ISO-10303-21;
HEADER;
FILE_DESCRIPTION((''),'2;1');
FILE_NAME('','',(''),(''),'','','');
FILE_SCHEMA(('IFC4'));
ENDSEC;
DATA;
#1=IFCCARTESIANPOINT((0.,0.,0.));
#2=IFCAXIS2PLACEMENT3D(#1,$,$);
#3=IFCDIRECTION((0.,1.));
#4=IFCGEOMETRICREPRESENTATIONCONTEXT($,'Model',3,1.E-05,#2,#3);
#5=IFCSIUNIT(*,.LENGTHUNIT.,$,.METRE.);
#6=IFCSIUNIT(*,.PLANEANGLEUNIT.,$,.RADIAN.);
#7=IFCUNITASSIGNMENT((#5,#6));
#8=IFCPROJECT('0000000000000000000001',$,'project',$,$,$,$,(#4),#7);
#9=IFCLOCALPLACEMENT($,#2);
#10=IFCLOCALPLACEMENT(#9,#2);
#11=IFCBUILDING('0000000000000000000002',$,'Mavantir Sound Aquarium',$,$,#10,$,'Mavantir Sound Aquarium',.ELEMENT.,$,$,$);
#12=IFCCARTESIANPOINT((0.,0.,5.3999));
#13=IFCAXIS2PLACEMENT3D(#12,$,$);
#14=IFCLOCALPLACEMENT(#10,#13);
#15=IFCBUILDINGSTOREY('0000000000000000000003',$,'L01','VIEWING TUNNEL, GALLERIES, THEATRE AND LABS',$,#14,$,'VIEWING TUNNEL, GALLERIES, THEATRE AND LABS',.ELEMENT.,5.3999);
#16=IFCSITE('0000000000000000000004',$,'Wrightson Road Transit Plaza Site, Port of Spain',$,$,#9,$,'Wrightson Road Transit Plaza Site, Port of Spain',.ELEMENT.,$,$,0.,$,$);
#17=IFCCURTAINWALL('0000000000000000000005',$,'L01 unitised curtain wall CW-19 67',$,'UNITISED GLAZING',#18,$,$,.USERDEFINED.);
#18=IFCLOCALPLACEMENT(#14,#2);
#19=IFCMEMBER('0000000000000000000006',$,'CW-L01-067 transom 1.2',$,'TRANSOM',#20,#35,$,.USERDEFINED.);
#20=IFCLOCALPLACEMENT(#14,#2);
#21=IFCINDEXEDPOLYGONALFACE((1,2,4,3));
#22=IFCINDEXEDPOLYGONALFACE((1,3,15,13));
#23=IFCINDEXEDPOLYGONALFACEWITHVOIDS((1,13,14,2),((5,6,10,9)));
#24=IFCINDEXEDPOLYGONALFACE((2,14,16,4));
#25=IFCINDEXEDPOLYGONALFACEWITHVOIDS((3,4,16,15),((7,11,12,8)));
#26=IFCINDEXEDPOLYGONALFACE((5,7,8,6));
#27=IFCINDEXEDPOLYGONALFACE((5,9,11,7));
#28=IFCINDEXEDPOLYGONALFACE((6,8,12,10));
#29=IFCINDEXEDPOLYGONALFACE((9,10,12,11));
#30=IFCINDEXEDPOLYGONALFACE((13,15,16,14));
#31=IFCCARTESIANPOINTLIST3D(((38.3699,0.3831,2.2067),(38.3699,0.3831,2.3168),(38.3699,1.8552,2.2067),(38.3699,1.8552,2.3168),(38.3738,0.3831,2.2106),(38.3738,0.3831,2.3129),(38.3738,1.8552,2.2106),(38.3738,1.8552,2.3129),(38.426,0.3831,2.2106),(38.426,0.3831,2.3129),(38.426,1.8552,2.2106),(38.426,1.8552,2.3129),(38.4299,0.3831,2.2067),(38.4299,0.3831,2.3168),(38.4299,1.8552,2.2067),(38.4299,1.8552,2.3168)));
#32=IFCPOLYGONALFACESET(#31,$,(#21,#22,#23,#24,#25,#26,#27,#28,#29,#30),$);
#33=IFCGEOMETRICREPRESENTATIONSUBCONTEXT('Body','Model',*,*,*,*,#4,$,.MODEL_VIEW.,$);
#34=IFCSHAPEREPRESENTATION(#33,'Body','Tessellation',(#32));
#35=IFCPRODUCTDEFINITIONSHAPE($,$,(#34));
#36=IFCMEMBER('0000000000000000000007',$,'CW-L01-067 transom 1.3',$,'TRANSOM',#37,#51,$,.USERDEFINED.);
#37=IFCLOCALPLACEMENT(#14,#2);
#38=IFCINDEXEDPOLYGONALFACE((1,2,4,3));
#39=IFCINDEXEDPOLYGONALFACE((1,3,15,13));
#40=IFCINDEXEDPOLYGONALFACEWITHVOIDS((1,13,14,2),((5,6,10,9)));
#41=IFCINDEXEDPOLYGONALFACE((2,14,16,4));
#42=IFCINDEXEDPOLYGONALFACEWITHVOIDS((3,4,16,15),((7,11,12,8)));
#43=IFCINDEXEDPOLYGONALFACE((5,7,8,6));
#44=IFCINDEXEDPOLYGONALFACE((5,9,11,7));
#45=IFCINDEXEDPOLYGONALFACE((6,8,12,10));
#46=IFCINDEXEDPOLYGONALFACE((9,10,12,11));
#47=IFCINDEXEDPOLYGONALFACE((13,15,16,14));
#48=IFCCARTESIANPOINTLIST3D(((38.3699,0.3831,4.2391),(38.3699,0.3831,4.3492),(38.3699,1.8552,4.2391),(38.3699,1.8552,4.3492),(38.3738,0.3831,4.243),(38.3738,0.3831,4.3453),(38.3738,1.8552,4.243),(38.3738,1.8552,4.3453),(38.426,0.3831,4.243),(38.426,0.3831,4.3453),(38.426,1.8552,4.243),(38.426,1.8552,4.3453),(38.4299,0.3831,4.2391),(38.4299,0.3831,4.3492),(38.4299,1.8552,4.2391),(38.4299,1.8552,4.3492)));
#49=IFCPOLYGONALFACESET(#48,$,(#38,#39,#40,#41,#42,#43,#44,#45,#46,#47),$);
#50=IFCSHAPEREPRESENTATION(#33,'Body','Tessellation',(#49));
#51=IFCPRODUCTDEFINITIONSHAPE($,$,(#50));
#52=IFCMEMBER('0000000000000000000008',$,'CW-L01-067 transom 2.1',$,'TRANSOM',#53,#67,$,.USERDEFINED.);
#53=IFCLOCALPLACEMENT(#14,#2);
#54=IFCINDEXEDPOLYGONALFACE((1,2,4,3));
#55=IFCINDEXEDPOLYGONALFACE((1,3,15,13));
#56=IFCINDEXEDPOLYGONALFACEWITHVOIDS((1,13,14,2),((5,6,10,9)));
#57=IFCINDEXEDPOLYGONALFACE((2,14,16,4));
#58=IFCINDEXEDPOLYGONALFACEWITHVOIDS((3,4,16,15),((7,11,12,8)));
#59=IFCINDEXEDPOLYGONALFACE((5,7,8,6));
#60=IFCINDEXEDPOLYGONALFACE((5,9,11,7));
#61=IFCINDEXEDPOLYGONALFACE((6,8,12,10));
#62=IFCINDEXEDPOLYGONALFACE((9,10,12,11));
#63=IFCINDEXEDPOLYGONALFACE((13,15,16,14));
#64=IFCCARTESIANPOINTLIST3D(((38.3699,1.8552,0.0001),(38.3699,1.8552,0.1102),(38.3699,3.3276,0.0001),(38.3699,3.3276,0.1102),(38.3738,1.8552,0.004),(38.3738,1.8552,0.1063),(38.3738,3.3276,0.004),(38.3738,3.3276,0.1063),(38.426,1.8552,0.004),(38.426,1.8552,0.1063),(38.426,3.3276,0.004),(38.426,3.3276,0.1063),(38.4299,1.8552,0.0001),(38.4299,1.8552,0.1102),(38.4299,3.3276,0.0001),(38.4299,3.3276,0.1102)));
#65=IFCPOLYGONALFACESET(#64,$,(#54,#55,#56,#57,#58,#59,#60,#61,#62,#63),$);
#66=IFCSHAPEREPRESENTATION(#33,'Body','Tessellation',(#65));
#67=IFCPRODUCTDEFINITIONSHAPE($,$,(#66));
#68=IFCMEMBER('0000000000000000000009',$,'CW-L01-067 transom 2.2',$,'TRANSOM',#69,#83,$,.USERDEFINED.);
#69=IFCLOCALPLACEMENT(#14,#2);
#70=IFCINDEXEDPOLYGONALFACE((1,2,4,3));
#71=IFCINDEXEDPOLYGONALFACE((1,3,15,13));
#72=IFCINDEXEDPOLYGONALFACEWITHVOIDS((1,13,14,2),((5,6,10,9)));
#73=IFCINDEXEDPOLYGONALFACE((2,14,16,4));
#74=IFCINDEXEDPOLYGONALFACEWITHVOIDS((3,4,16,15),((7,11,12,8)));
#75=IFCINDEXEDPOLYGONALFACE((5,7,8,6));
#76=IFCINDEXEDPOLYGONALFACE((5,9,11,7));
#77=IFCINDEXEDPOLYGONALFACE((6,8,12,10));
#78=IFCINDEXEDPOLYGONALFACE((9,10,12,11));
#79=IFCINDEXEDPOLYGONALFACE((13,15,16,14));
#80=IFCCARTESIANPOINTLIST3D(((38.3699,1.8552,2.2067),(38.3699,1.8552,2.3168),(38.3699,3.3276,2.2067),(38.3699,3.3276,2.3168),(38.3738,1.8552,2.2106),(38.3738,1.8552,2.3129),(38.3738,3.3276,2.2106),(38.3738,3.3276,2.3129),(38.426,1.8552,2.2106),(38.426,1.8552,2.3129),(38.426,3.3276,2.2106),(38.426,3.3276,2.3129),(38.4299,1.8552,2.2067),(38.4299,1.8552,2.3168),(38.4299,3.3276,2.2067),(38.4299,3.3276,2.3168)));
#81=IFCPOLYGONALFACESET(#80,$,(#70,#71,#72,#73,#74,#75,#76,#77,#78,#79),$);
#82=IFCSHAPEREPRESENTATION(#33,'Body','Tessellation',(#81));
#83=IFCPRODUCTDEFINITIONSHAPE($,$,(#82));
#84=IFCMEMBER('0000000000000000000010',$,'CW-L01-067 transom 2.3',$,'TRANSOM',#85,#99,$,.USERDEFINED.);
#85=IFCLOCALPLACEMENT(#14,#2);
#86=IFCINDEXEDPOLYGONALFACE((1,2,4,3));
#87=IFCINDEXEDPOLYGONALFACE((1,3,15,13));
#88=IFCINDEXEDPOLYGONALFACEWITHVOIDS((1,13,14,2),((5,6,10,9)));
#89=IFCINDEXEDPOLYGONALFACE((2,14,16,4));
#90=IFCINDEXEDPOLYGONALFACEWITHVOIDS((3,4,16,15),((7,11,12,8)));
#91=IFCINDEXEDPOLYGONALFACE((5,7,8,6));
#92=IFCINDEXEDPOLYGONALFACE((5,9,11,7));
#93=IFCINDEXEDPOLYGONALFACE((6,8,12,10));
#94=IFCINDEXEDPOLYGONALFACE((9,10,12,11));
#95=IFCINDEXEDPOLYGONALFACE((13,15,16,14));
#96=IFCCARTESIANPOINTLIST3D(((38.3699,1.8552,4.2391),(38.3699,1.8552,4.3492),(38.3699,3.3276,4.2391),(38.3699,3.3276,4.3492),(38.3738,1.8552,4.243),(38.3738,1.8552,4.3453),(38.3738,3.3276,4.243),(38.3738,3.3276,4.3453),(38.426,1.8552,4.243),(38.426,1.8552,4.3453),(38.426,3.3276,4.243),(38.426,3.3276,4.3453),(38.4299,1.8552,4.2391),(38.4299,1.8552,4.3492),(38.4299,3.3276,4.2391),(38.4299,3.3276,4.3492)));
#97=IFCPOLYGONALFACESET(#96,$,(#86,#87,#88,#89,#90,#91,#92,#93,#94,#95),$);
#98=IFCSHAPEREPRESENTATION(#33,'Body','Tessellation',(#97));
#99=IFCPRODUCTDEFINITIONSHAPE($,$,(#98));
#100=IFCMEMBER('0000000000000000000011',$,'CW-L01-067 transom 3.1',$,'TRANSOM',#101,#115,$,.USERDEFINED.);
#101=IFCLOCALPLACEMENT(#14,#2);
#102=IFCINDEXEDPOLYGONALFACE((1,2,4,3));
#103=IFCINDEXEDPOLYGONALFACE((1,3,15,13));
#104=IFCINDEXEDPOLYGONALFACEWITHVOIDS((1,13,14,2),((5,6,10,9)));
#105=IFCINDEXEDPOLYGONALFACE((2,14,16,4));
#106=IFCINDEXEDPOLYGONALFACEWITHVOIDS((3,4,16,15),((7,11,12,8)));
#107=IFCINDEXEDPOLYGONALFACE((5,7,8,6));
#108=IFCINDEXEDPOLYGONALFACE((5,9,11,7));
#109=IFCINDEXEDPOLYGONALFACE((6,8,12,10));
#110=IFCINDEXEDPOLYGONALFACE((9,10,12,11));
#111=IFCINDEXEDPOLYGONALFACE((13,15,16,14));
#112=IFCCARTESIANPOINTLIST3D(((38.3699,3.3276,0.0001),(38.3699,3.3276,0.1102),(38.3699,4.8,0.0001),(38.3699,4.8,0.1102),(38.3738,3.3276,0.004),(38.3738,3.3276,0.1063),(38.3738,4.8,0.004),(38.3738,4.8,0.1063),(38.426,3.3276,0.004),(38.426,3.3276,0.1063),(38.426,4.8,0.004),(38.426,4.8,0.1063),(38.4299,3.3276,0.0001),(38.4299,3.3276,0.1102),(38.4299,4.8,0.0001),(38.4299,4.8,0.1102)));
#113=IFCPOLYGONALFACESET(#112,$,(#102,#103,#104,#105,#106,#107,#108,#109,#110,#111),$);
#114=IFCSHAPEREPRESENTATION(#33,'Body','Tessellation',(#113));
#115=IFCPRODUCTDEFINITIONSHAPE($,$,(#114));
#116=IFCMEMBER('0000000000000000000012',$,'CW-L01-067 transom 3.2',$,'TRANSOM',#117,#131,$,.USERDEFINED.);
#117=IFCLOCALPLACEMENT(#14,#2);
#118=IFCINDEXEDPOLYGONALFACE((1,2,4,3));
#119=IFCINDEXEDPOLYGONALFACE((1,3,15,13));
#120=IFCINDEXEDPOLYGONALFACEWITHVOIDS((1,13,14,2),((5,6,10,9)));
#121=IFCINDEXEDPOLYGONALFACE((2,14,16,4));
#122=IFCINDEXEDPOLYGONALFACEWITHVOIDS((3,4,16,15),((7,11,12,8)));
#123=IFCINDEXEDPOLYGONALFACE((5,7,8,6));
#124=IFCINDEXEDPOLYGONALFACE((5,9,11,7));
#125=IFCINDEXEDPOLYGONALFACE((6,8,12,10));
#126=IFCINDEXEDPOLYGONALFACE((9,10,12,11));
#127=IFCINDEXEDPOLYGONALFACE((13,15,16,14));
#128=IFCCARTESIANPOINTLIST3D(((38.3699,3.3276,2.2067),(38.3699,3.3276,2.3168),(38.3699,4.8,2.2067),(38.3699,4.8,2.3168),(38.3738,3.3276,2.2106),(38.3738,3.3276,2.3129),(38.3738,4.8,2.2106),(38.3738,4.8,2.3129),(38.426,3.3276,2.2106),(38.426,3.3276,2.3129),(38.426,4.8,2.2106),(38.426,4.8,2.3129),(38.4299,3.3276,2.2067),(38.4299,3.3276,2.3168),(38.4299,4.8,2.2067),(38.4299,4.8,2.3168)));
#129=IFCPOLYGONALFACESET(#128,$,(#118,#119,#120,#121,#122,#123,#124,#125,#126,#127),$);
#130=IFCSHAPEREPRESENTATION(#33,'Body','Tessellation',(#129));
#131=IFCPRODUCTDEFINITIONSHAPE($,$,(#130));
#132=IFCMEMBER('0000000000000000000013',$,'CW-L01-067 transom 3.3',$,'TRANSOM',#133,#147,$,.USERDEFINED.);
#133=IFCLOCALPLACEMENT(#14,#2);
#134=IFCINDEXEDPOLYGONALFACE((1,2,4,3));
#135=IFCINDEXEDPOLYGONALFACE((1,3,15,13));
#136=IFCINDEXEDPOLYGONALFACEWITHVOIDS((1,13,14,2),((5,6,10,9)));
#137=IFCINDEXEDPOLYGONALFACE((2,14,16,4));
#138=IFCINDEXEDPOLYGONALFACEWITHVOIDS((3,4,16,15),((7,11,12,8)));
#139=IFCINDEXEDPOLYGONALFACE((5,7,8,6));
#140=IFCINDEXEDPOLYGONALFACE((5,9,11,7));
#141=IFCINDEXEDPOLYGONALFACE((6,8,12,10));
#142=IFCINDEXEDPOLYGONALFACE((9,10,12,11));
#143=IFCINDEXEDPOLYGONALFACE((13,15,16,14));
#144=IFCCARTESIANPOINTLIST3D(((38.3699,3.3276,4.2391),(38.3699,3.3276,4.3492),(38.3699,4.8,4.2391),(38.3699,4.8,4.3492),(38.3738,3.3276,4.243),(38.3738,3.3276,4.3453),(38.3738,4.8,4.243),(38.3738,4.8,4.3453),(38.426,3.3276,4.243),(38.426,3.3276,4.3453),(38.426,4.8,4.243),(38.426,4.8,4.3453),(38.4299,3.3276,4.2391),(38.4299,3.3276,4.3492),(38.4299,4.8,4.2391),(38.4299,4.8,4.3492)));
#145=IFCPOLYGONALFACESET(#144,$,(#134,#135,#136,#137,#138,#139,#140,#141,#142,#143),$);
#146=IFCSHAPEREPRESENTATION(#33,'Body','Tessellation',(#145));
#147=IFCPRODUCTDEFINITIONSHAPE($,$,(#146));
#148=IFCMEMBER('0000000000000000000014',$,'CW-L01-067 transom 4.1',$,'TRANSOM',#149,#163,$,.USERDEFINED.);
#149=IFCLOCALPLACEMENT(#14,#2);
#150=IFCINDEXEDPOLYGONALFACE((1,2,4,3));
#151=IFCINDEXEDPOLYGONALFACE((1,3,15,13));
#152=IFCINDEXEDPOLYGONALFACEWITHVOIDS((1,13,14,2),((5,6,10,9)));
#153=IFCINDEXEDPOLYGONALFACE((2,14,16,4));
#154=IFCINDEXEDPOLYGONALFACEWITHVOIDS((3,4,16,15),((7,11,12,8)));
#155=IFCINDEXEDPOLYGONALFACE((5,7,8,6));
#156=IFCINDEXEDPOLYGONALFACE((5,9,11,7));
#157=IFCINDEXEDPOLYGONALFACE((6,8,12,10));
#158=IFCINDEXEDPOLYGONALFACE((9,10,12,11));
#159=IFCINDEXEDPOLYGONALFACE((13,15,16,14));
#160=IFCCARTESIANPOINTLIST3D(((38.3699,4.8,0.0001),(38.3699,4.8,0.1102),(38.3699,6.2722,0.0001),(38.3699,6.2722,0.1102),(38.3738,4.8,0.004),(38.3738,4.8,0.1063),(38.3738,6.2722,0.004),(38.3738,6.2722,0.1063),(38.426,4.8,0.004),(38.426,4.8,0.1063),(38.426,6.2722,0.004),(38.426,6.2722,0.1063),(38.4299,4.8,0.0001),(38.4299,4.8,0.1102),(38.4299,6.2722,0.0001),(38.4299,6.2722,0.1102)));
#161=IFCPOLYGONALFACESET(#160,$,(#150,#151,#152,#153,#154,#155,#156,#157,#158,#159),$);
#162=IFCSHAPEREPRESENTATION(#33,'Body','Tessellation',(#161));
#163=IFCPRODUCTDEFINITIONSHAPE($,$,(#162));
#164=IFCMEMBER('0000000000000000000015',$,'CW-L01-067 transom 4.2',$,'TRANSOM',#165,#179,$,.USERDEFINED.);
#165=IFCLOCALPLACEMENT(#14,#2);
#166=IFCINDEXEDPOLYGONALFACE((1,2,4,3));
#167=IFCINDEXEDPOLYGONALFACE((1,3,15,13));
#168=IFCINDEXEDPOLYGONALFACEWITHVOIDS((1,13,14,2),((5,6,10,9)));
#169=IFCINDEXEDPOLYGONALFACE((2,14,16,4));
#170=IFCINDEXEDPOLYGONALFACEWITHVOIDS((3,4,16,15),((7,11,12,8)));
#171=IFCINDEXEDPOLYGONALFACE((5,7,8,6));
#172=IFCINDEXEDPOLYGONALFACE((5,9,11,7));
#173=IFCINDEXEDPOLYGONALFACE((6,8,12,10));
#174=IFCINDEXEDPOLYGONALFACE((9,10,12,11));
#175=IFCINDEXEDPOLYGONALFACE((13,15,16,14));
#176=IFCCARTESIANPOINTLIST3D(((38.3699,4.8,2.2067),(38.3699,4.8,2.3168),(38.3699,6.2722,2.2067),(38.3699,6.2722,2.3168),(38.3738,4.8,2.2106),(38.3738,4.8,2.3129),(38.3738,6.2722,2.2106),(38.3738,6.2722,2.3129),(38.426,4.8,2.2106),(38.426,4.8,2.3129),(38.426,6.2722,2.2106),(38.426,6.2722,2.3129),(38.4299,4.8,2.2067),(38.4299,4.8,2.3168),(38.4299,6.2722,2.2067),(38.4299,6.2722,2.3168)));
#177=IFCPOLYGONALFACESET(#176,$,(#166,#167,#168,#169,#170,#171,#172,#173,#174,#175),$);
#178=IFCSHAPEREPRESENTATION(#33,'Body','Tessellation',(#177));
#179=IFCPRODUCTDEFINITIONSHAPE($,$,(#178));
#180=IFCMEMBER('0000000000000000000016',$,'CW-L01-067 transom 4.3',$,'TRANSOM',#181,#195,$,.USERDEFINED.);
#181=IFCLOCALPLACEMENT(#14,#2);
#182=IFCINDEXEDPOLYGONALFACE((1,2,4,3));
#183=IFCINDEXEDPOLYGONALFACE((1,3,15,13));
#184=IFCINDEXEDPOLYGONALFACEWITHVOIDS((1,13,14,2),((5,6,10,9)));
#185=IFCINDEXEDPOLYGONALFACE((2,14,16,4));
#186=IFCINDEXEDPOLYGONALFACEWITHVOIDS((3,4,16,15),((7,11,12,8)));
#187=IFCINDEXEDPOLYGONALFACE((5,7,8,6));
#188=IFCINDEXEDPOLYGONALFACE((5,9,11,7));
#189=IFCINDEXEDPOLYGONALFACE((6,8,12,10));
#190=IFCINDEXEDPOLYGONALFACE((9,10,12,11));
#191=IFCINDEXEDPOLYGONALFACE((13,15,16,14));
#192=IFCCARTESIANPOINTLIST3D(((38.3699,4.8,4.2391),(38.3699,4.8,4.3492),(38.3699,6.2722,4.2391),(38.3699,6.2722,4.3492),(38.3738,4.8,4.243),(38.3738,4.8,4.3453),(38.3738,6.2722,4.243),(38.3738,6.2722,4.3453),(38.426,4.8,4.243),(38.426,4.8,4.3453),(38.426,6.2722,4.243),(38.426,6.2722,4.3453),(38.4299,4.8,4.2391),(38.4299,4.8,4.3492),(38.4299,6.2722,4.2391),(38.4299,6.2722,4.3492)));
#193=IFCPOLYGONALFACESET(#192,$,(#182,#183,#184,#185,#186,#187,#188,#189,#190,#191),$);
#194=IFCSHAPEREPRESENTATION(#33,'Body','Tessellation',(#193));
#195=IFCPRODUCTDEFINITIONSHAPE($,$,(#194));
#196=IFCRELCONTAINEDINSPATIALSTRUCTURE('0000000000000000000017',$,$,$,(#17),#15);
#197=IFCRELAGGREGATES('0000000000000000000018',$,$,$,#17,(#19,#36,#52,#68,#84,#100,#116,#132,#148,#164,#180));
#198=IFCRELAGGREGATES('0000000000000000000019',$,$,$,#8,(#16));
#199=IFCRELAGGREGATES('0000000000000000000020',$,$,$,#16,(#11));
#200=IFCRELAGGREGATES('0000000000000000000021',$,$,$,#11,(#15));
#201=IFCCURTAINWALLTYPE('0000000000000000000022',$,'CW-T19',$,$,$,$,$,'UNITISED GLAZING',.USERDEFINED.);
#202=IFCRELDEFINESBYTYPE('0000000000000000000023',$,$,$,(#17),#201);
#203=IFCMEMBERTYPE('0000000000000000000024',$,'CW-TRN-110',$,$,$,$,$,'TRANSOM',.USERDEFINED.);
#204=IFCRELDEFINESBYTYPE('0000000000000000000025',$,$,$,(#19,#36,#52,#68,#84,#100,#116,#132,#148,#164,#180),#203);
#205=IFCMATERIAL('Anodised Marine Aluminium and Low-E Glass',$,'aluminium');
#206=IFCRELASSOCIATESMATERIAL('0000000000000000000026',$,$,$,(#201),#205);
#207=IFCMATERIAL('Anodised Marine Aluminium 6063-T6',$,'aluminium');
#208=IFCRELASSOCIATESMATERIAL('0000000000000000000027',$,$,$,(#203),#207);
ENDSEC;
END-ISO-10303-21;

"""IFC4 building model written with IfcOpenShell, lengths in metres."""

from ifc_helpers import new_model, si_unit, direction, frame, origin, origin_2d, place, context, subcontext, project, spatial, hollow_rectangle, extrude, material, material_profile, profile_set, type_object, element, aggregate, save


model = new_model("IFC4")

# Units and contexts
model_context = context("Model", 3, precision=1e-05, world=origin(), true_north=direction((0.0, 1.0)))
body_context = subcontext(model_context, "Body", "Model", "MODEL_VIEW")
ifc_project = project(units=[si_unit("LENGTHUNIT", "METRE"), si_unit("PLANEANGLEUNIT", "RADIAN")], contexts=[model_context])

# Site, building, storey
site_placement = place(None, origin())
site = spatial("IfcSite", under=ifc_project, at=site_placement, Name="Wrightson Road Transit Plaza Site, Port of Spain", LongName="Wrightson Road Transit Plaza Site, Port of Spain", CompositionType="ELEMENT", RefElevation=0.0)
building_placement = place(site_placement, origin())
building = spatial("IfcBuilding", under=site, at=building_placement, Name="Mavantir Sound Aquarium", LongName="Mavantir Sound Aquarium", CompositionType="ELEMENT")
storey_placement = place(building_placement, frame((0.0, 0.0, 5.3999)))
storey = spatial("IfcBuildingStorey", under=building, at=storey_placement, Name="L01", Description="VIEWING TUNNEL, GALLERIES, THEATRE AND LABS", LongName="VIEWING TUNNEL, GALLERIES, THEATRE AND LABS", CompositionType="ELEMENT", Elevation=5.3999)

# Curtain wall
ifc_material_1 = material(Name="Anodised Marine Aluminium and Low-E Glass", Category="aluminium")
curtain_wall_type_1 = type_object("IfcCurtainWallType", Name="CW-T19", ElementType="UNITISED GLAZING", PredefinedType="USERDEFINED", material=ifc_material_1)
curtain_wall_1_placement = place(storey_placement, origin())
curtain_wall_1 = element("IfcCurtainWall", 1, at=curtain_wall_1_placement, inside=storey, type_object=curtain_wall_type_1, Name="L01 unitised curtain wall CW-19 67", ObjectType="UNITISED GLAZING", PredefinedType="USERDEFINED")
ifc_material_2 = material(Name="Anodised Marine Aluminium 6063-T6", Category="aluminium")

# Members
ifc_material_profile_1 = material_profile(ifc_material_2, hollow_rectangle(XDim=0.0601, YDim=0.1101, WallThickness=0.0039, at=origin_2d()), Name="ALU-TRANSOM-110X60")
ifc_profile_set_1 = profile_set([ifc_material_profile_1], Name="Anodised Marine Aluminium 6063-T6")
member_type_1 = type_object("IfcMemberType", Name="CW-TRN-110", ElementType="TRANSOM", PredefinedType="USERDEFINED", material=ifc_profile_set_1)
member_1_placement = place(storey_placement, frame((38.3999, 0.3831, 2.2617), z_axis=(0.0, 1.0, 0.0), x_axis=(-1.0, 0.0, 0.0)))
member_1 = element("IfcMember", 2, at=member_1_placement, type_object=member_type_1, Name="CW-L01-067 transom 1.2", ObjectType="TRANSOM", PredefinedType="USERDEFINED", context=body_context, shape_type="SweptSolid", body=[
    extrude(hollow_rectangle(XDim=0.0601, YDim=0.1101, WallThickness=0.0039, at=origin_2d()), origin(), (0.0, 0.0, 1.0), 1.4722),
])
member_2_placement = place(storey_placement, frame((38.3999, 0.3831, 4.2942), z_axis=(0.0, 1.0, 0.0), x_axis=(-1.0, 0.0, 0.0)))
member_2 = element("IfcMember", 3, at=member_2_placement, type_object=member_type_1, Name="CW-L01-067 transom 1.3", ObjectType="TRANSOM", PredefinedType="USERDEFINED", context=body_context, shape_type="SweptSolid", body=[
    extrude(hollow_rectangle(XDim=0.0601, YDim=0.1101, WallThickness=0.0039, at=origin_2d()), origin(), (0.0, 0.0, 1.0), 1.4722),
])
member_3_placement = place(storey_placement, frame((38.3999, 1.8552, 0.0552), z_axis=(0.0, 1.0, 0.0), x_axis=(-1.0, 0.0, 0.0)))
member_3 = element("IfcMember", 4, at=member_3_placement, type_object=member_type_1, Name="CW-L01-067 transom 2.1", ObjectType="TRANSOM", PredefinedType="USERDEFINED", context=body_context, shape_type="SweptSolid", body=[
    extrude(hollow_rectangle(XDim=0.0601, YDim=0.1101, WallThickness=0.0039, at=origin_2d()), origin(), (0.0, 0.0, 1.0), 1.4724),
])
member_4_placement = place(storey_placement, frame((38.3999, 1.8552, 2.2617), z_axis=(0.0, 1.0, 0.0), x_axis=(-1.0, 0.0, 0.0)))
member_4 = element("IfcMember", 5, at=member_4_placement, type_object=member_type_1, Name="CW-L01-067 transom 2.2", ObjectType="TRANSOM", PredefinedType="USERDEFINED", context=body_context, shape_type="SweptSolid", body=[
    extrude(hollow_rectangle(XDim=0.0601, YDim=0.1101, WallThickness=0.0039, at=origin_2d()), origin(), (0.0, 0.0, 1.0), 1.4724),
])
member_5_placement = place(storey_placement, frame((38.3999, 1.8552, 4.2942), z_axis=(0.0, 1.0, 0.0), x_axis=(-1.0, 0.0, 0.0)))
member_5 = element("IfcMember", 6, at=member_5_placement, type_object=member_type_1, Name="CW-L01-067 transom 2.3", ObjectType="TRANSOM", PredefinedType="USERDEFINED", context=body_context, shape_type="SweptSolid", body=[
    extrude(hollow_rectangle(XDim=0.0601, YDim=0.1101, WallThickness=0.0039, at=origin_2d()), origin(), (0.0, 0.0, 1.0), 1.4724),
])
member_6_placement = place(storey_placement, frame((38.3999, 3.3276, 0.0552), z_axis=(0.0, 1.0, 0.0), x_axis=(-1.0, 0.0, 0.0)))
member_6 = element("IfcMember", 7, at=member_6_placement, type_object=member_type_1, Name="CW-L01-067 transom 3.1", ObjectType="TRANSOM", PredefinedType="USERDEFINED", context=body_context, shape_type="SweptSolid", body=[
    extrude(hollow_rectangle(XDim=0.0601, YDim=0.1101, WallThickness=0.0039, at=origin_2d()), origin(), (0.0, 0.0, 1.0), 1.4724),
])
member_7_placement = place(storey_placement, frame((38.3999, 3.3276, 2.2617), z_axis=(0.0, 1.0, 0.0), x_axis=(-1.0, 0.0, 0.0)))
member_7 = element("IfcMember", 8, at=member_7_placement, type_object=member_type_1, Name="CW-L01-067 transom 3.2", ObjectType="TRANSOM", PredefinedType="USERDEFINED", context=body_context, shape_type="SweptSolid", body=[
    extrude(hollow_rectangle(XDim=0.0601, YDim=0.1101, WallThickness=0.0039, at=origin_2d()), origin(), (0.0, 0.0, 1.0), 1.4724),
])
member_8_placement = place(storey_placement, frame((38.3999, 3.3276, 4.2942), z_axis=(0.0, 1.0, 0.0), x_axis=(-1.0, 0.0, 0.0)))
member_8 = element("IfcMember", 9, at=member_8_placement, type_object=member_type_1, Name="CW-L01-067 transom 3.3", ObjectType="TRANSOM", PredefinedType="USERDEFINED", context=body_context, shape_type="SweptSolid", body=[
    extrude(hollow_rectangle(XDim=0.0601, YDim=0.1101, WallThickness=0.0039, at=origin_2d()), origin(), (0.0, 0.0, 1.0), 1.4724),
])
member_9_placement = place(storey_placement, frame((38.3999, 4.8, 0.0552), z_axis=(0.0, 1.0, 0.0), x_axis=(-1.0, 0.0, 0.0)))
member_9 = element("IfcMember", 10, at=member_9_placement, type_object=member_type_1, Name="CW-L01-067 transom 4.1", ObjectType="TRANSOM", PredefinedType="USERDEFINED", context=body_context, shape_type="SweptSolid", body=[
    extrude(hollow_rectangle(XDim=0.0601, YDim=0.1101, WallThickness=0.0039, at=origin_2d()), origin(), (0.0, 0.0, 1.0), 1.4722),
])
member_10_placement = place(storey_placement, frame((38.3999, 4.8, 2.2617), z_axis=(0.0, 1.0, 0.0), x_axis=(-1.0, 0.0, 0.0)))
member_10 = element("IfcMember", 11, at=member_10_placement, type_object=member_type_1, Name="CW-L01-067 transom 4.2", ObjectType="TRANSOM", PredefinedType="USERDEFINED", context=body_context, shape_type="SweptSolid", body=[
    extrude(hollow_rectangle(XDim=0.0601, YDim=0.1101, WallThickness=0.0039, at=origin_2d()), origin(), (0.0, 0.0, 1.0), 1.4722),
])
member_11_placement = place(storey_placement, frame((38.3999, 4.8, 4.2942), z_axis=(0.0, 1.0, 0.0), x_axis=(-1.0, 0.0, 0.0)))
member_11 = element("IfcMember", 12, at=member_11_placement, type_object=member_type_1, Name="CW-L01-067 transom 4.3", ObjectType="TRANSOM", PredefinedType="USERDEFINED", context=body_context, shape_type="SweptSolid", body=[
    extrude(hollow_rectangle(XDim=0.0601, YDim=0.1101, WallThickness=0.0039, at=origin_2d()), origin(), (0.0, 0.0, 1.0), 1.4722),
])

aggregate(curtain_wall_1, [member_1, member_2, member_3, member_4, member_5, member_6, member_7, member_8, member_9, member_10, member_11])

save(model, "model.ifc")
